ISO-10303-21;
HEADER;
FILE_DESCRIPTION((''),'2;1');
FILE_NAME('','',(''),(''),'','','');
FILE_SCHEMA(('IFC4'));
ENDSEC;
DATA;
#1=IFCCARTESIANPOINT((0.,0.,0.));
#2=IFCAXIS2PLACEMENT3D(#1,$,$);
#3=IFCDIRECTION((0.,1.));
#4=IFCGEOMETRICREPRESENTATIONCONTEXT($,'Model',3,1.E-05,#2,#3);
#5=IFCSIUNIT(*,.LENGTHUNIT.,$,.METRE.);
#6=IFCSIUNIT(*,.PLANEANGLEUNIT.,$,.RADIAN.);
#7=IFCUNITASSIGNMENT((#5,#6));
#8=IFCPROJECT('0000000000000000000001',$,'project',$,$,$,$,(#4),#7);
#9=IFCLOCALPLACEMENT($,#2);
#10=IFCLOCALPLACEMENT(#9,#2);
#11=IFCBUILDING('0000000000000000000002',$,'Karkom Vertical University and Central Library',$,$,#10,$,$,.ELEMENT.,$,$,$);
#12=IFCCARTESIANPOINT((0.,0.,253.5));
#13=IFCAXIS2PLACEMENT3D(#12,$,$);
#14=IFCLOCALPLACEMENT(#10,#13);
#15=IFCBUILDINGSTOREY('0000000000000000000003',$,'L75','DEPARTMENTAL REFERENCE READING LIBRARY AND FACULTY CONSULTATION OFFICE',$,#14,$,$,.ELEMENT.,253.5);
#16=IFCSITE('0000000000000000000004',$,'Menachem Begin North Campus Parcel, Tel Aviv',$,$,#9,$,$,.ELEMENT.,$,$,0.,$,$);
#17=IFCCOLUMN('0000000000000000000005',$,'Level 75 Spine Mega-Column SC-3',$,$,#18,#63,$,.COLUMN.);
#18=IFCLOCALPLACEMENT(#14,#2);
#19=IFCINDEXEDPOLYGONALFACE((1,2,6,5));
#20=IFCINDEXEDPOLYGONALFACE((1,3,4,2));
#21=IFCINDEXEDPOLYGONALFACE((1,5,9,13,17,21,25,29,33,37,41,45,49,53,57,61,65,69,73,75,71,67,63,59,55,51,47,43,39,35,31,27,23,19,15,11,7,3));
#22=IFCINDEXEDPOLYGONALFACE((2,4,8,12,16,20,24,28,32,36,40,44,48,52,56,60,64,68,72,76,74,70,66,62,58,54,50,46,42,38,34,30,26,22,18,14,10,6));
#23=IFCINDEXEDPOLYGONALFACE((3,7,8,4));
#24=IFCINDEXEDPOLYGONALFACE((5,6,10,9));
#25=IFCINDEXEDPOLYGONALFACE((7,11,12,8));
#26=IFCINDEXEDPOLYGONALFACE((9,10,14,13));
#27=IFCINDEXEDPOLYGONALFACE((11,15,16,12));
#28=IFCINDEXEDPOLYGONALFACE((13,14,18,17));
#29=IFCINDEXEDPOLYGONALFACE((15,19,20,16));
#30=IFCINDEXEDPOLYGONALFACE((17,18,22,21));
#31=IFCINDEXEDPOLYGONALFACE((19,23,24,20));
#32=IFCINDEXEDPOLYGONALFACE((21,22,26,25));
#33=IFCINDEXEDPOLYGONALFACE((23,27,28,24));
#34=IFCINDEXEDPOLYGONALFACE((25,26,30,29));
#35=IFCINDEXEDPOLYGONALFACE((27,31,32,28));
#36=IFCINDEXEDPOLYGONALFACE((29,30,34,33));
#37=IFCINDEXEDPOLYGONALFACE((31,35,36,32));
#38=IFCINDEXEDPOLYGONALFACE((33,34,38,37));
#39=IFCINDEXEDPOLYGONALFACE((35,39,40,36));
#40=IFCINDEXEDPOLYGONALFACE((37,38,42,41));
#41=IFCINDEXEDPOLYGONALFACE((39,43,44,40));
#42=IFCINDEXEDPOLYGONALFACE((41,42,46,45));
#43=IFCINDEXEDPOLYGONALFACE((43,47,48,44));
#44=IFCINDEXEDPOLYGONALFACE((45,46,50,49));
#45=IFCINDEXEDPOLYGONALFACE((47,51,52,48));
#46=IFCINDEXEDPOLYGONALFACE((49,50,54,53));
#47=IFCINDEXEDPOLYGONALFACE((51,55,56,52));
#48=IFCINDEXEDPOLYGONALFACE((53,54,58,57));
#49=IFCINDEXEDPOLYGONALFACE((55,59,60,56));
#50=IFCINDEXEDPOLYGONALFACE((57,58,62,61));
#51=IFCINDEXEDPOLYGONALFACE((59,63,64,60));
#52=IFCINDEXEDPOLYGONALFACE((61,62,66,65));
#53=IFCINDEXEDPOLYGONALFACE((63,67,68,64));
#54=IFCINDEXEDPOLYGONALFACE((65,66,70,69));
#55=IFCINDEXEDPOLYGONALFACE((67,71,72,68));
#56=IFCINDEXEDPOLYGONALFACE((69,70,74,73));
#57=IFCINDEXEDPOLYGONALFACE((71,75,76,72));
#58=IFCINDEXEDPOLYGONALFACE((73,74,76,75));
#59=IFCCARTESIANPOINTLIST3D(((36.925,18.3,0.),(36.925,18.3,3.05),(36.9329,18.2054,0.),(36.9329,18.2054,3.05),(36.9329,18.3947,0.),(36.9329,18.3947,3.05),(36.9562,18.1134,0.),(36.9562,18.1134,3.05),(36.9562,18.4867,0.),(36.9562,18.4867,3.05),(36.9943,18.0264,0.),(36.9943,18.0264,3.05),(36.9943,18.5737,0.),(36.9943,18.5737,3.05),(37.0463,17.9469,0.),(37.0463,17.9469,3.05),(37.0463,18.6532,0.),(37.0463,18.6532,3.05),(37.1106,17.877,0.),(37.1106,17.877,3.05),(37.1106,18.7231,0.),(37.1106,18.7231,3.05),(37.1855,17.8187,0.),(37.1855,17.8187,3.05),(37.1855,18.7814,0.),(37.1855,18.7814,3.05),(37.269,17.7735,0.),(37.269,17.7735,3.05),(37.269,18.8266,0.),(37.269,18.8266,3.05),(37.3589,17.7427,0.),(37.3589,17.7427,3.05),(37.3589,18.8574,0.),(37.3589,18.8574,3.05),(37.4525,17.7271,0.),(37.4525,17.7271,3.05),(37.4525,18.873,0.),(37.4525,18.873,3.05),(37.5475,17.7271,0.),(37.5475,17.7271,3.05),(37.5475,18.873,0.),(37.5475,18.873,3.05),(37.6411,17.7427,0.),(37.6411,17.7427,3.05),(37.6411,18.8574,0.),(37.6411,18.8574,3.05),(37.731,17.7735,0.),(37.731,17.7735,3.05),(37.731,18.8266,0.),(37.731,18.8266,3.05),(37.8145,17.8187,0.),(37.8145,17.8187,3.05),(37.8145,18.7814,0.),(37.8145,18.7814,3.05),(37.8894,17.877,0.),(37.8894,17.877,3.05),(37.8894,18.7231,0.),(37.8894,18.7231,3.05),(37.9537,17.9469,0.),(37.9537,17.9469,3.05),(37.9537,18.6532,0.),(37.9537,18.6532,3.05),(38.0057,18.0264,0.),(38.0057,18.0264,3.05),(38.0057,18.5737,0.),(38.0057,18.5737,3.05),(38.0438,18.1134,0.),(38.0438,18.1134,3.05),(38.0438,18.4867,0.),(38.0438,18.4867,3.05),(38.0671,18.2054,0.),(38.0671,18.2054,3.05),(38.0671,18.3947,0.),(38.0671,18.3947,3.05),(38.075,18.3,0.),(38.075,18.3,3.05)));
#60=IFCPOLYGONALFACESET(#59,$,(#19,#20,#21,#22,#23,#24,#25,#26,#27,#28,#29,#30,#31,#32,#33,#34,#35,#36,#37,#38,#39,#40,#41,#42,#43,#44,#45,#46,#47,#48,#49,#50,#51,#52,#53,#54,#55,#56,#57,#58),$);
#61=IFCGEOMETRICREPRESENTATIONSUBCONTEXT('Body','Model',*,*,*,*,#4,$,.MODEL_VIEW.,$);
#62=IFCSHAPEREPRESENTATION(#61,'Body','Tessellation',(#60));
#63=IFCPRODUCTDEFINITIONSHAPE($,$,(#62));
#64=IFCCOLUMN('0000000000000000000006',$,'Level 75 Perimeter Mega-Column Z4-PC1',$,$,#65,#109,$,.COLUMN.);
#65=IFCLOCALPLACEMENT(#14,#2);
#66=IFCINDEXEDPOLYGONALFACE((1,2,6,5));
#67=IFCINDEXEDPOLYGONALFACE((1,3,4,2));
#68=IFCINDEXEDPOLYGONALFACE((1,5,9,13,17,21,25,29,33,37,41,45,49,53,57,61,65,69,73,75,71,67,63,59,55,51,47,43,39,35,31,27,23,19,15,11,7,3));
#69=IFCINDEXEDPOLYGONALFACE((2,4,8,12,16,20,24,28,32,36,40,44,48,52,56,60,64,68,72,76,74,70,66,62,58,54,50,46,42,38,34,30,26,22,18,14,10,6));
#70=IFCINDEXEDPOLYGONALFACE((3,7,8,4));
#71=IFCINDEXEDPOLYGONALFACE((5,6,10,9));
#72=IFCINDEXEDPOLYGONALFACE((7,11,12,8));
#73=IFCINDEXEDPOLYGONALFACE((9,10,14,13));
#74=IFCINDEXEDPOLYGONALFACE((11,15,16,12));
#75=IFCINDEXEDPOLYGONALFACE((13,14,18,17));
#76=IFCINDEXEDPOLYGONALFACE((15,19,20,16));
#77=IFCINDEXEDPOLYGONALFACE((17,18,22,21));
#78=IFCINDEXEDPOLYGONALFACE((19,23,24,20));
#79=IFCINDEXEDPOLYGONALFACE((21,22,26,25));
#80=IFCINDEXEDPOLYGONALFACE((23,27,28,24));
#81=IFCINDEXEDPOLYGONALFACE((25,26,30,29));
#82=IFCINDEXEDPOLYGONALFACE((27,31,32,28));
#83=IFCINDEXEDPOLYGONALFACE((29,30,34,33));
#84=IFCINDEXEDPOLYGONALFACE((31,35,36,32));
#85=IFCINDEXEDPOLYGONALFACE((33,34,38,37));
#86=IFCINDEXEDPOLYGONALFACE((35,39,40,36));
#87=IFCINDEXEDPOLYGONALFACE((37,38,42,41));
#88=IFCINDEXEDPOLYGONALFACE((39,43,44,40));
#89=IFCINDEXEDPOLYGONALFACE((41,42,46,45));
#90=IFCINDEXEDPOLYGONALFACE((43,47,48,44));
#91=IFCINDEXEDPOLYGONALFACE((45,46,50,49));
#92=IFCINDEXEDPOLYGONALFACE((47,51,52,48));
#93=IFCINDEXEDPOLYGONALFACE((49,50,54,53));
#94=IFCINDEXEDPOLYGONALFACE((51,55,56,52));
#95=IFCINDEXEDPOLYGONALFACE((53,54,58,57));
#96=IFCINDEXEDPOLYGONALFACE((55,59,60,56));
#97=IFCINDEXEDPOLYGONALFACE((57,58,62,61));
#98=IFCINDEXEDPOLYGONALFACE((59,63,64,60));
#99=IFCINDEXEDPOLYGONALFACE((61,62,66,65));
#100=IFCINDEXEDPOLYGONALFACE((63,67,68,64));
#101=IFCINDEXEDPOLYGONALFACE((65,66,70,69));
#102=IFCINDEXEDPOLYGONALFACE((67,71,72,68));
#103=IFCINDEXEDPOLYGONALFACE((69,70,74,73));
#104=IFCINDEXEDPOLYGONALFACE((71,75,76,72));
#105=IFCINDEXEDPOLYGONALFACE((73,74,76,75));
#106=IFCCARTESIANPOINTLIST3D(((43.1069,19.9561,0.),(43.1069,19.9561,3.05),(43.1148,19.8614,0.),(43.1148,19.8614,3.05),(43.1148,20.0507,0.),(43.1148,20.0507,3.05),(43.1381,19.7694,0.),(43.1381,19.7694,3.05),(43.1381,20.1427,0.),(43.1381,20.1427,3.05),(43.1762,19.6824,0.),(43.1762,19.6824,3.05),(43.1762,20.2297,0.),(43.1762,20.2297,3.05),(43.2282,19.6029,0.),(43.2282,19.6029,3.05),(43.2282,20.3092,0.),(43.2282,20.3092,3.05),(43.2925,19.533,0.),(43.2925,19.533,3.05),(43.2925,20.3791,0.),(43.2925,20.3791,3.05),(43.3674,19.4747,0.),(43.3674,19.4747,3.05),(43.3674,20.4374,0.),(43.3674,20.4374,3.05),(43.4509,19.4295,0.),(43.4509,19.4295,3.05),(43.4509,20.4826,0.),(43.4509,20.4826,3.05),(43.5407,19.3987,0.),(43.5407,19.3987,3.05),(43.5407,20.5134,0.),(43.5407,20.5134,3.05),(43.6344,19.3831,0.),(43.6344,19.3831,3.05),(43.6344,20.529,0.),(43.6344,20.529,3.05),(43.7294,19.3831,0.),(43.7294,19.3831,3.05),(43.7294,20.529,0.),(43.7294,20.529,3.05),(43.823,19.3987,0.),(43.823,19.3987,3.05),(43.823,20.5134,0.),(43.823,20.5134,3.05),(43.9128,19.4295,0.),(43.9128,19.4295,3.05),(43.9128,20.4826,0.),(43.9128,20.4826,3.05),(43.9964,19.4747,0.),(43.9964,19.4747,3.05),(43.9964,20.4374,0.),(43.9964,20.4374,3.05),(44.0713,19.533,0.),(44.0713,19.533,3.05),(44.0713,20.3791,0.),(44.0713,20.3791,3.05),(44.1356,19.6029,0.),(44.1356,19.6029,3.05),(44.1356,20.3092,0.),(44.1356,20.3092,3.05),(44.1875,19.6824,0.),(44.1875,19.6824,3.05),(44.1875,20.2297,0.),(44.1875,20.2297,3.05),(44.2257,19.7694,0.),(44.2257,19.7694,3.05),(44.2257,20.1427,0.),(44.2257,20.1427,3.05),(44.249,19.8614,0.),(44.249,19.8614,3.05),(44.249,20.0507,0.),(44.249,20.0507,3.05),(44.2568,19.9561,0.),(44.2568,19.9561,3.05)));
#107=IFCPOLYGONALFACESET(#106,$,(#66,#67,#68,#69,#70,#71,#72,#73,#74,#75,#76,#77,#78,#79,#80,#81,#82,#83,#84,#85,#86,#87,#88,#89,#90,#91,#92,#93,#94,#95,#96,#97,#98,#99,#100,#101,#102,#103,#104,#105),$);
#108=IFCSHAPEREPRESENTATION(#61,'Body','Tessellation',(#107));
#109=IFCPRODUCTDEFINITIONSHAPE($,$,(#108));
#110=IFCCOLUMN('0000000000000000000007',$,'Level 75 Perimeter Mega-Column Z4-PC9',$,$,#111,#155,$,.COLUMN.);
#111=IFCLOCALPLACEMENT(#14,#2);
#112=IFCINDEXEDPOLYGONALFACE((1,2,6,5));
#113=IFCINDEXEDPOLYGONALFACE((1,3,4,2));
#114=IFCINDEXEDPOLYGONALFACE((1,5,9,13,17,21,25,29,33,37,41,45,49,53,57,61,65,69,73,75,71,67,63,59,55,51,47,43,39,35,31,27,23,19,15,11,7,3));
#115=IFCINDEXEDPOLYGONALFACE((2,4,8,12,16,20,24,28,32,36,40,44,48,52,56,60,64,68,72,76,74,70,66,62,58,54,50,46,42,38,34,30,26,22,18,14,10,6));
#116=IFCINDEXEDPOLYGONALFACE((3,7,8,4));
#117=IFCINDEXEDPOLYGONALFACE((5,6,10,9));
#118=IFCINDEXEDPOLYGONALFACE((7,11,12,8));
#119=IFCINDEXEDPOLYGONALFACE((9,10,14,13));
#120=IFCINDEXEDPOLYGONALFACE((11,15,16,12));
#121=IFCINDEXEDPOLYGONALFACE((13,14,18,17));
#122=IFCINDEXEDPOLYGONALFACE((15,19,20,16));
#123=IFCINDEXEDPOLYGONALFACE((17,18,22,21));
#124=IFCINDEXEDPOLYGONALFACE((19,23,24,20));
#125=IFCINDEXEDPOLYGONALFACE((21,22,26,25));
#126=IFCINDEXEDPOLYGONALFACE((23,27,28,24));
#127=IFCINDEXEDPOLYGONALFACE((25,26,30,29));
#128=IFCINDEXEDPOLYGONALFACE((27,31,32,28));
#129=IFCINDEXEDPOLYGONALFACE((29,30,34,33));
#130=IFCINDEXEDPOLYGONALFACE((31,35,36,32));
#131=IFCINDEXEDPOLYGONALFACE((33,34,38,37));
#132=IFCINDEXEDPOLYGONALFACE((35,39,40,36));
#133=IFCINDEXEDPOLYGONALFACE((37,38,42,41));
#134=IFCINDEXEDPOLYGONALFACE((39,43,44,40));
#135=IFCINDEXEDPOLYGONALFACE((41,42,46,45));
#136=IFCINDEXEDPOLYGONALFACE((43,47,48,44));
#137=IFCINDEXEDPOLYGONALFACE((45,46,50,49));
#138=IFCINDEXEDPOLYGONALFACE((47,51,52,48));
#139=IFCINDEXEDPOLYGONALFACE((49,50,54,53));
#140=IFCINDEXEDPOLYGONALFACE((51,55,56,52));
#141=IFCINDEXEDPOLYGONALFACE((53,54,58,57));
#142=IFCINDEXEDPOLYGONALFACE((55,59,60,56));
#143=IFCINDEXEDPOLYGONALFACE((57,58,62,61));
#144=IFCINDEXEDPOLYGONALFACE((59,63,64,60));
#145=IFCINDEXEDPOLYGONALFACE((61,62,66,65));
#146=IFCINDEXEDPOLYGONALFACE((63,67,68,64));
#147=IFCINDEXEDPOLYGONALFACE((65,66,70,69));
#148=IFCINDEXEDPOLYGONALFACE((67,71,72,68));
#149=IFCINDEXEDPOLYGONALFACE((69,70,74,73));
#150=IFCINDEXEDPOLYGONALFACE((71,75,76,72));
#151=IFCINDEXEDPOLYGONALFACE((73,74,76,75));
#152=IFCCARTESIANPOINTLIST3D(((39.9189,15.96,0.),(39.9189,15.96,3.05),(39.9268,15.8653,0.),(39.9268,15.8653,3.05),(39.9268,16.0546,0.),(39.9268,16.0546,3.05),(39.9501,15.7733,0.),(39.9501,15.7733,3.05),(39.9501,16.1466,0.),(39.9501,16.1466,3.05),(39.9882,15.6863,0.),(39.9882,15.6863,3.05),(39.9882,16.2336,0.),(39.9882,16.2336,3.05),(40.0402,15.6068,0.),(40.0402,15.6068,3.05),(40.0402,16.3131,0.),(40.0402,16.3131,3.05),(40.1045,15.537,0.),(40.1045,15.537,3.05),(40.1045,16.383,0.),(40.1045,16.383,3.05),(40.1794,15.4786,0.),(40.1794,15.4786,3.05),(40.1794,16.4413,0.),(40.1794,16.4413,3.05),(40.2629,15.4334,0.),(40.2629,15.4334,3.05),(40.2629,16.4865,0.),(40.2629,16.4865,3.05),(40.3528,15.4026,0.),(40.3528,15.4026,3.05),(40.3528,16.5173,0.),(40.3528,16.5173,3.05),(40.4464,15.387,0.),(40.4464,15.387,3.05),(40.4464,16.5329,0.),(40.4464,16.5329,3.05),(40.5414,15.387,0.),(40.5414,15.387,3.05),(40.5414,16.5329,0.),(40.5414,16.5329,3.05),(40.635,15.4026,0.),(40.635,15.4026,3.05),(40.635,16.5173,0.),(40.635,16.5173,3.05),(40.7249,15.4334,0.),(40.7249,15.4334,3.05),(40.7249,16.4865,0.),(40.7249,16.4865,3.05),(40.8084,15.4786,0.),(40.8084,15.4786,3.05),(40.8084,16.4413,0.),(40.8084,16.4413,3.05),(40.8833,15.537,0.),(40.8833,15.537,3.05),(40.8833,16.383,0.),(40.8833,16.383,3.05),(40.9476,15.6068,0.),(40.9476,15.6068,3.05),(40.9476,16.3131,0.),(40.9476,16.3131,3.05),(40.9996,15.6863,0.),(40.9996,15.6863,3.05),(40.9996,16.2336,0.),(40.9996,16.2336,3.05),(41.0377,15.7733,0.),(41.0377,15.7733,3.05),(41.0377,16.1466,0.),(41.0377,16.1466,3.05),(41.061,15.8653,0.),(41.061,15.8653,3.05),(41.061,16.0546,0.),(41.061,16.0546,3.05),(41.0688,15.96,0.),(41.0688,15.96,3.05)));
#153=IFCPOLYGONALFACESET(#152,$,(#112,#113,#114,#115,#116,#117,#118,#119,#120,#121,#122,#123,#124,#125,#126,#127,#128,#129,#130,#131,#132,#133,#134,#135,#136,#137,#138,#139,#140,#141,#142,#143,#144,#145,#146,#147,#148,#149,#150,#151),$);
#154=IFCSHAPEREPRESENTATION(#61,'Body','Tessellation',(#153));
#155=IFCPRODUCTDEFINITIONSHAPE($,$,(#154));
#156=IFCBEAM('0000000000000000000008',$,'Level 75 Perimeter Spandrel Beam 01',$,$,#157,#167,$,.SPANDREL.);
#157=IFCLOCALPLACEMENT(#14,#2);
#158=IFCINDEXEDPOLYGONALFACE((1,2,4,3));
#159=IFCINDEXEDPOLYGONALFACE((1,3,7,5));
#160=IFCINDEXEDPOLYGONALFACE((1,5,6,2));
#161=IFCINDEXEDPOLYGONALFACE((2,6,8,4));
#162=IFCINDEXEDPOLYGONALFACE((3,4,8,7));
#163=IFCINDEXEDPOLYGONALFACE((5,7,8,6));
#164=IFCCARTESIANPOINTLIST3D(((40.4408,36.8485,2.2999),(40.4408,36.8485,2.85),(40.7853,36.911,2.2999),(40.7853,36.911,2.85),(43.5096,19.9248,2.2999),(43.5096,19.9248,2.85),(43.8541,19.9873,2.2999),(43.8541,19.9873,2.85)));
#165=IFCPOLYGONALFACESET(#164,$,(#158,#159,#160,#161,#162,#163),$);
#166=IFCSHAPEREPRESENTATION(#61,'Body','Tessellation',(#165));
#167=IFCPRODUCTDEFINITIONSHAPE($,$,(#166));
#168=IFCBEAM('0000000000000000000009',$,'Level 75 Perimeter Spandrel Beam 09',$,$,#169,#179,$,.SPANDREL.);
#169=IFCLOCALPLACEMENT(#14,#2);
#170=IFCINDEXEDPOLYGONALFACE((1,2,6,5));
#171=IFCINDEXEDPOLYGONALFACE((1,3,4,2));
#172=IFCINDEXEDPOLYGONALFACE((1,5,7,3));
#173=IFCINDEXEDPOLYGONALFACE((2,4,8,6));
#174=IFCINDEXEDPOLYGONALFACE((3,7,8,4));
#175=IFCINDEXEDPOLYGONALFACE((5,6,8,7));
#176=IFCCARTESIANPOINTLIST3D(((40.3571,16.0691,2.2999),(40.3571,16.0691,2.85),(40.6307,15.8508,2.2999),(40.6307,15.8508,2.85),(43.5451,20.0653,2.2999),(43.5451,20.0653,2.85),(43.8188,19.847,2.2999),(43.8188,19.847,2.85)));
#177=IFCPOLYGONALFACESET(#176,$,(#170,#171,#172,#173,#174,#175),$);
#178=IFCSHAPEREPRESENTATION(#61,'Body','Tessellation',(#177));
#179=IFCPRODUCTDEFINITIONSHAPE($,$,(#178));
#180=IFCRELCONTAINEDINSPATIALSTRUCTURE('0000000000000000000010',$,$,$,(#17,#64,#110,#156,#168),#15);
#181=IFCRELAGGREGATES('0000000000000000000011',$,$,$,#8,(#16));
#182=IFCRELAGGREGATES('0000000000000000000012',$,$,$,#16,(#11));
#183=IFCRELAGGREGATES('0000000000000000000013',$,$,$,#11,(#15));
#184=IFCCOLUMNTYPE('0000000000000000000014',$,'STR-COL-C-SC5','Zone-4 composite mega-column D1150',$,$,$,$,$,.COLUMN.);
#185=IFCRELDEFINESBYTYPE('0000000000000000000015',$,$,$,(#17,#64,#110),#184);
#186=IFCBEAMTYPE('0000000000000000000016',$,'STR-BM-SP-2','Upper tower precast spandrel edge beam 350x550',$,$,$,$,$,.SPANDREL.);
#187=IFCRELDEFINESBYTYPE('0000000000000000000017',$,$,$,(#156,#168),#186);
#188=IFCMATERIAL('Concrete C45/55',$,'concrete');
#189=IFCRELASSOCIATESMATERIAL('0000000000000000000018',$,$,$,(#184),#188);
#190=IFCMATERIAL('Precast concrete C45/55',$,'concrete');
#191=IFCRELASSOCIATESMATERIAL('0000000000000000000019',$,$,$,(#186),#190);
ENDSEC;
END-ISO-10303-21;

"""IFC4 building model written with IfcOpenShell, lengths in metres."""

from ifc_helpers import new_model, si_unit, direction, frame, origin, origin_with_axes, origin_2d, place, context, subcontext, project, spatial, rectangle, circle, extrude, source, transform, mapped, material, material_profile, profile_set, type_object, element, save


model = new_model("IFC4")

# Units and contexts
model_context = context("Model", 3, precision=1e-05, world=origin(), true_north=direction((0.0, 1.0)))
body_context = subcontext(model_context, "Body", "Model", "MODEL_VIEW")
ifc_project = project(units=[si_unit("LENGTHUNIT", "METRE"), si_unit("PLANEANGLEUNIT", "RADIAN")], contexts=[model_context])

# Site, building, storey
site_placement = place(None, origin())
site = spatial("IfcSite", under=ifc_project, at=site_placement, Name="Menachem Begin North Campus Parcel, Tel Aviv", CompositionType="ELEMENT", RefElevation=0.0)
building_placement = place(site_placement, origin())
building = spatial("IfcBuilding", under=site, at=building_placement, Name="Karkom Vertical University and Central Library", CompositionType="ELEMENT")
storey_placement = place(building_placement, frame((0.0, 0.0, 253.5)))
storey = spatial("IfcBuildingStorey", under=building, at=storey_placement, Name="L75", Description="DEPARTMENTAL REFERENCE READING LIBRARY AND FACULTY CONSULTATION OFFICE", CompositionType="ELEMENT", Elevation=253.5)

# Columns
ifc_material_1 = material(Name="Concrete C45/55", Category="concrete")
ifc_material_profile_1 = material_profile(ifc_material_1, circle(Radius=0.575, at=origin_2d()), Name="CFT-D1150")
ifc_profile_set_1 = profile_set([ifc_material_profile_1], Name="Concrete C45/55")
column_type = type_object("IfcColumnType", Name="STR-COL-C-SC5", Description="Zone-4 composite mega-column D1150", PredefinedType="COLUMN", material=ifc_profile_set_1)
shared_shape_1 = source(origin_with_axes(), body_context, "Body", "SweptSolid", [
    extrude(circle(Radius=0.575, at=origin_2d()), origin(), (0.0, 0.0, 1.0), 3.05),
])
for number, where, z_axis, x_axis, name in (
    (1, (37.5, 18.3, 0.0), (0.0, 0.0, 1.0), (1.0, 0.0, 0.0), "Level 75 Spine Mega-Column SC-3"),
    (2, (43.6819, 19.9561, 0.0), (0.0, 0.0, 1.0), (1.0, 0.0, 0.0), "Level 75 Perimeter Mega-Column Z4-PC1"),
    (3, (40.4939, 15.96, 0.0), (0.0, 0.0, 1.0), (1.0, 0.0, 0.0), "Level 75 Perimeter Mega-Column Z4-PC9"),
):
    element("IfcColumn", number, at=place(storey_placement, frame(where, z_axis=z_axis, x_axis=x_axis)), inside=storey, type_object=column_type, Name=name, PredefinedType="COLUMN", context=body_context, shape_type="MappedRepresentation", body=[
        mapped(shared_shape_1, transform((0.0, 0.0, 0.0), scale=1.0)),
    ])

# Beams
ifc_material_2 = material(Name="Precast concrete C45/55", Category="concrete")
ifc_material_profile_2 = material_profile(ifc_material_2, rectangle(XDim=0.3501, YDim=0.55, at=origin_2d()), Name="SPB-350x550")
ifc_profile_set_2 = profile_set([ifc_material_profile_2], Name="Precast concrete C45/55")
beam_type_1 = type_object("IfcBeamType", Name="STR-BM-SP-2", Description="Upper tower precast spandrel edge beam 350x550", PredefinedType="SPANDREL", material=ifc_profile_set_2)
shared_shape_2 = source(origin_with_axes(), body_context, "Body", "SweptSolid", [
    extrude(rectangle(XDim=0.3501, YDim=0.55, at=origin_2d()), origin(), (0.0, 0.0, 1.0), 17.1997),
])
beam_1_placement = place(storey_placement, frame((43.6819, 19.9561, 2.575), z_axis=(-0.178423, 0.983954, 0.0), x_axis=(-0.983954, -0.178423, 0.0)))
element("IfcBeam", 4, at=beam_1_placement, inside=storey, type_object=beam_type_1, Name="Level 75 Perimeter Spandrel Beam 01", PredefinedType="SPANDREL", context=body_context, shape_type="MappedRepresentation", body=[
    mapped(shared_shape_2, transform((0.0, 0.0, 0.0), scale=1.0)),
])
shared_shape_3 = source(origin_with_axes(), body_context, "Body", "SweptSolid", [
    extrude(rectangle(XDim=0.3501, YDim=0.55, at=origin_2d()), origin(), (0.0, 0.0, 1.0), 5.1121),
])
beam_2_placement = place(storey_placement, frame((40.4939, 15.96, 2.575), z_axis=(0.623634, 0.781716, 0.0), x_axis=(-0.781716, 0.623634, 0.0)))
element("IfcBeam", 5, at=beam_2_placement, inside=storey, type_object=beam_type_1, Name="Level 75 Perimeter Spandrel Beam 09", PredefinedType="SPANDREL", context=body_context, shape_type="MappedRepresentation", body=[
    mapped(shared_shape_3, transform((0.0, 0.0, 0.0), scale=1.0)),
])

save(model, "model.ifc")
